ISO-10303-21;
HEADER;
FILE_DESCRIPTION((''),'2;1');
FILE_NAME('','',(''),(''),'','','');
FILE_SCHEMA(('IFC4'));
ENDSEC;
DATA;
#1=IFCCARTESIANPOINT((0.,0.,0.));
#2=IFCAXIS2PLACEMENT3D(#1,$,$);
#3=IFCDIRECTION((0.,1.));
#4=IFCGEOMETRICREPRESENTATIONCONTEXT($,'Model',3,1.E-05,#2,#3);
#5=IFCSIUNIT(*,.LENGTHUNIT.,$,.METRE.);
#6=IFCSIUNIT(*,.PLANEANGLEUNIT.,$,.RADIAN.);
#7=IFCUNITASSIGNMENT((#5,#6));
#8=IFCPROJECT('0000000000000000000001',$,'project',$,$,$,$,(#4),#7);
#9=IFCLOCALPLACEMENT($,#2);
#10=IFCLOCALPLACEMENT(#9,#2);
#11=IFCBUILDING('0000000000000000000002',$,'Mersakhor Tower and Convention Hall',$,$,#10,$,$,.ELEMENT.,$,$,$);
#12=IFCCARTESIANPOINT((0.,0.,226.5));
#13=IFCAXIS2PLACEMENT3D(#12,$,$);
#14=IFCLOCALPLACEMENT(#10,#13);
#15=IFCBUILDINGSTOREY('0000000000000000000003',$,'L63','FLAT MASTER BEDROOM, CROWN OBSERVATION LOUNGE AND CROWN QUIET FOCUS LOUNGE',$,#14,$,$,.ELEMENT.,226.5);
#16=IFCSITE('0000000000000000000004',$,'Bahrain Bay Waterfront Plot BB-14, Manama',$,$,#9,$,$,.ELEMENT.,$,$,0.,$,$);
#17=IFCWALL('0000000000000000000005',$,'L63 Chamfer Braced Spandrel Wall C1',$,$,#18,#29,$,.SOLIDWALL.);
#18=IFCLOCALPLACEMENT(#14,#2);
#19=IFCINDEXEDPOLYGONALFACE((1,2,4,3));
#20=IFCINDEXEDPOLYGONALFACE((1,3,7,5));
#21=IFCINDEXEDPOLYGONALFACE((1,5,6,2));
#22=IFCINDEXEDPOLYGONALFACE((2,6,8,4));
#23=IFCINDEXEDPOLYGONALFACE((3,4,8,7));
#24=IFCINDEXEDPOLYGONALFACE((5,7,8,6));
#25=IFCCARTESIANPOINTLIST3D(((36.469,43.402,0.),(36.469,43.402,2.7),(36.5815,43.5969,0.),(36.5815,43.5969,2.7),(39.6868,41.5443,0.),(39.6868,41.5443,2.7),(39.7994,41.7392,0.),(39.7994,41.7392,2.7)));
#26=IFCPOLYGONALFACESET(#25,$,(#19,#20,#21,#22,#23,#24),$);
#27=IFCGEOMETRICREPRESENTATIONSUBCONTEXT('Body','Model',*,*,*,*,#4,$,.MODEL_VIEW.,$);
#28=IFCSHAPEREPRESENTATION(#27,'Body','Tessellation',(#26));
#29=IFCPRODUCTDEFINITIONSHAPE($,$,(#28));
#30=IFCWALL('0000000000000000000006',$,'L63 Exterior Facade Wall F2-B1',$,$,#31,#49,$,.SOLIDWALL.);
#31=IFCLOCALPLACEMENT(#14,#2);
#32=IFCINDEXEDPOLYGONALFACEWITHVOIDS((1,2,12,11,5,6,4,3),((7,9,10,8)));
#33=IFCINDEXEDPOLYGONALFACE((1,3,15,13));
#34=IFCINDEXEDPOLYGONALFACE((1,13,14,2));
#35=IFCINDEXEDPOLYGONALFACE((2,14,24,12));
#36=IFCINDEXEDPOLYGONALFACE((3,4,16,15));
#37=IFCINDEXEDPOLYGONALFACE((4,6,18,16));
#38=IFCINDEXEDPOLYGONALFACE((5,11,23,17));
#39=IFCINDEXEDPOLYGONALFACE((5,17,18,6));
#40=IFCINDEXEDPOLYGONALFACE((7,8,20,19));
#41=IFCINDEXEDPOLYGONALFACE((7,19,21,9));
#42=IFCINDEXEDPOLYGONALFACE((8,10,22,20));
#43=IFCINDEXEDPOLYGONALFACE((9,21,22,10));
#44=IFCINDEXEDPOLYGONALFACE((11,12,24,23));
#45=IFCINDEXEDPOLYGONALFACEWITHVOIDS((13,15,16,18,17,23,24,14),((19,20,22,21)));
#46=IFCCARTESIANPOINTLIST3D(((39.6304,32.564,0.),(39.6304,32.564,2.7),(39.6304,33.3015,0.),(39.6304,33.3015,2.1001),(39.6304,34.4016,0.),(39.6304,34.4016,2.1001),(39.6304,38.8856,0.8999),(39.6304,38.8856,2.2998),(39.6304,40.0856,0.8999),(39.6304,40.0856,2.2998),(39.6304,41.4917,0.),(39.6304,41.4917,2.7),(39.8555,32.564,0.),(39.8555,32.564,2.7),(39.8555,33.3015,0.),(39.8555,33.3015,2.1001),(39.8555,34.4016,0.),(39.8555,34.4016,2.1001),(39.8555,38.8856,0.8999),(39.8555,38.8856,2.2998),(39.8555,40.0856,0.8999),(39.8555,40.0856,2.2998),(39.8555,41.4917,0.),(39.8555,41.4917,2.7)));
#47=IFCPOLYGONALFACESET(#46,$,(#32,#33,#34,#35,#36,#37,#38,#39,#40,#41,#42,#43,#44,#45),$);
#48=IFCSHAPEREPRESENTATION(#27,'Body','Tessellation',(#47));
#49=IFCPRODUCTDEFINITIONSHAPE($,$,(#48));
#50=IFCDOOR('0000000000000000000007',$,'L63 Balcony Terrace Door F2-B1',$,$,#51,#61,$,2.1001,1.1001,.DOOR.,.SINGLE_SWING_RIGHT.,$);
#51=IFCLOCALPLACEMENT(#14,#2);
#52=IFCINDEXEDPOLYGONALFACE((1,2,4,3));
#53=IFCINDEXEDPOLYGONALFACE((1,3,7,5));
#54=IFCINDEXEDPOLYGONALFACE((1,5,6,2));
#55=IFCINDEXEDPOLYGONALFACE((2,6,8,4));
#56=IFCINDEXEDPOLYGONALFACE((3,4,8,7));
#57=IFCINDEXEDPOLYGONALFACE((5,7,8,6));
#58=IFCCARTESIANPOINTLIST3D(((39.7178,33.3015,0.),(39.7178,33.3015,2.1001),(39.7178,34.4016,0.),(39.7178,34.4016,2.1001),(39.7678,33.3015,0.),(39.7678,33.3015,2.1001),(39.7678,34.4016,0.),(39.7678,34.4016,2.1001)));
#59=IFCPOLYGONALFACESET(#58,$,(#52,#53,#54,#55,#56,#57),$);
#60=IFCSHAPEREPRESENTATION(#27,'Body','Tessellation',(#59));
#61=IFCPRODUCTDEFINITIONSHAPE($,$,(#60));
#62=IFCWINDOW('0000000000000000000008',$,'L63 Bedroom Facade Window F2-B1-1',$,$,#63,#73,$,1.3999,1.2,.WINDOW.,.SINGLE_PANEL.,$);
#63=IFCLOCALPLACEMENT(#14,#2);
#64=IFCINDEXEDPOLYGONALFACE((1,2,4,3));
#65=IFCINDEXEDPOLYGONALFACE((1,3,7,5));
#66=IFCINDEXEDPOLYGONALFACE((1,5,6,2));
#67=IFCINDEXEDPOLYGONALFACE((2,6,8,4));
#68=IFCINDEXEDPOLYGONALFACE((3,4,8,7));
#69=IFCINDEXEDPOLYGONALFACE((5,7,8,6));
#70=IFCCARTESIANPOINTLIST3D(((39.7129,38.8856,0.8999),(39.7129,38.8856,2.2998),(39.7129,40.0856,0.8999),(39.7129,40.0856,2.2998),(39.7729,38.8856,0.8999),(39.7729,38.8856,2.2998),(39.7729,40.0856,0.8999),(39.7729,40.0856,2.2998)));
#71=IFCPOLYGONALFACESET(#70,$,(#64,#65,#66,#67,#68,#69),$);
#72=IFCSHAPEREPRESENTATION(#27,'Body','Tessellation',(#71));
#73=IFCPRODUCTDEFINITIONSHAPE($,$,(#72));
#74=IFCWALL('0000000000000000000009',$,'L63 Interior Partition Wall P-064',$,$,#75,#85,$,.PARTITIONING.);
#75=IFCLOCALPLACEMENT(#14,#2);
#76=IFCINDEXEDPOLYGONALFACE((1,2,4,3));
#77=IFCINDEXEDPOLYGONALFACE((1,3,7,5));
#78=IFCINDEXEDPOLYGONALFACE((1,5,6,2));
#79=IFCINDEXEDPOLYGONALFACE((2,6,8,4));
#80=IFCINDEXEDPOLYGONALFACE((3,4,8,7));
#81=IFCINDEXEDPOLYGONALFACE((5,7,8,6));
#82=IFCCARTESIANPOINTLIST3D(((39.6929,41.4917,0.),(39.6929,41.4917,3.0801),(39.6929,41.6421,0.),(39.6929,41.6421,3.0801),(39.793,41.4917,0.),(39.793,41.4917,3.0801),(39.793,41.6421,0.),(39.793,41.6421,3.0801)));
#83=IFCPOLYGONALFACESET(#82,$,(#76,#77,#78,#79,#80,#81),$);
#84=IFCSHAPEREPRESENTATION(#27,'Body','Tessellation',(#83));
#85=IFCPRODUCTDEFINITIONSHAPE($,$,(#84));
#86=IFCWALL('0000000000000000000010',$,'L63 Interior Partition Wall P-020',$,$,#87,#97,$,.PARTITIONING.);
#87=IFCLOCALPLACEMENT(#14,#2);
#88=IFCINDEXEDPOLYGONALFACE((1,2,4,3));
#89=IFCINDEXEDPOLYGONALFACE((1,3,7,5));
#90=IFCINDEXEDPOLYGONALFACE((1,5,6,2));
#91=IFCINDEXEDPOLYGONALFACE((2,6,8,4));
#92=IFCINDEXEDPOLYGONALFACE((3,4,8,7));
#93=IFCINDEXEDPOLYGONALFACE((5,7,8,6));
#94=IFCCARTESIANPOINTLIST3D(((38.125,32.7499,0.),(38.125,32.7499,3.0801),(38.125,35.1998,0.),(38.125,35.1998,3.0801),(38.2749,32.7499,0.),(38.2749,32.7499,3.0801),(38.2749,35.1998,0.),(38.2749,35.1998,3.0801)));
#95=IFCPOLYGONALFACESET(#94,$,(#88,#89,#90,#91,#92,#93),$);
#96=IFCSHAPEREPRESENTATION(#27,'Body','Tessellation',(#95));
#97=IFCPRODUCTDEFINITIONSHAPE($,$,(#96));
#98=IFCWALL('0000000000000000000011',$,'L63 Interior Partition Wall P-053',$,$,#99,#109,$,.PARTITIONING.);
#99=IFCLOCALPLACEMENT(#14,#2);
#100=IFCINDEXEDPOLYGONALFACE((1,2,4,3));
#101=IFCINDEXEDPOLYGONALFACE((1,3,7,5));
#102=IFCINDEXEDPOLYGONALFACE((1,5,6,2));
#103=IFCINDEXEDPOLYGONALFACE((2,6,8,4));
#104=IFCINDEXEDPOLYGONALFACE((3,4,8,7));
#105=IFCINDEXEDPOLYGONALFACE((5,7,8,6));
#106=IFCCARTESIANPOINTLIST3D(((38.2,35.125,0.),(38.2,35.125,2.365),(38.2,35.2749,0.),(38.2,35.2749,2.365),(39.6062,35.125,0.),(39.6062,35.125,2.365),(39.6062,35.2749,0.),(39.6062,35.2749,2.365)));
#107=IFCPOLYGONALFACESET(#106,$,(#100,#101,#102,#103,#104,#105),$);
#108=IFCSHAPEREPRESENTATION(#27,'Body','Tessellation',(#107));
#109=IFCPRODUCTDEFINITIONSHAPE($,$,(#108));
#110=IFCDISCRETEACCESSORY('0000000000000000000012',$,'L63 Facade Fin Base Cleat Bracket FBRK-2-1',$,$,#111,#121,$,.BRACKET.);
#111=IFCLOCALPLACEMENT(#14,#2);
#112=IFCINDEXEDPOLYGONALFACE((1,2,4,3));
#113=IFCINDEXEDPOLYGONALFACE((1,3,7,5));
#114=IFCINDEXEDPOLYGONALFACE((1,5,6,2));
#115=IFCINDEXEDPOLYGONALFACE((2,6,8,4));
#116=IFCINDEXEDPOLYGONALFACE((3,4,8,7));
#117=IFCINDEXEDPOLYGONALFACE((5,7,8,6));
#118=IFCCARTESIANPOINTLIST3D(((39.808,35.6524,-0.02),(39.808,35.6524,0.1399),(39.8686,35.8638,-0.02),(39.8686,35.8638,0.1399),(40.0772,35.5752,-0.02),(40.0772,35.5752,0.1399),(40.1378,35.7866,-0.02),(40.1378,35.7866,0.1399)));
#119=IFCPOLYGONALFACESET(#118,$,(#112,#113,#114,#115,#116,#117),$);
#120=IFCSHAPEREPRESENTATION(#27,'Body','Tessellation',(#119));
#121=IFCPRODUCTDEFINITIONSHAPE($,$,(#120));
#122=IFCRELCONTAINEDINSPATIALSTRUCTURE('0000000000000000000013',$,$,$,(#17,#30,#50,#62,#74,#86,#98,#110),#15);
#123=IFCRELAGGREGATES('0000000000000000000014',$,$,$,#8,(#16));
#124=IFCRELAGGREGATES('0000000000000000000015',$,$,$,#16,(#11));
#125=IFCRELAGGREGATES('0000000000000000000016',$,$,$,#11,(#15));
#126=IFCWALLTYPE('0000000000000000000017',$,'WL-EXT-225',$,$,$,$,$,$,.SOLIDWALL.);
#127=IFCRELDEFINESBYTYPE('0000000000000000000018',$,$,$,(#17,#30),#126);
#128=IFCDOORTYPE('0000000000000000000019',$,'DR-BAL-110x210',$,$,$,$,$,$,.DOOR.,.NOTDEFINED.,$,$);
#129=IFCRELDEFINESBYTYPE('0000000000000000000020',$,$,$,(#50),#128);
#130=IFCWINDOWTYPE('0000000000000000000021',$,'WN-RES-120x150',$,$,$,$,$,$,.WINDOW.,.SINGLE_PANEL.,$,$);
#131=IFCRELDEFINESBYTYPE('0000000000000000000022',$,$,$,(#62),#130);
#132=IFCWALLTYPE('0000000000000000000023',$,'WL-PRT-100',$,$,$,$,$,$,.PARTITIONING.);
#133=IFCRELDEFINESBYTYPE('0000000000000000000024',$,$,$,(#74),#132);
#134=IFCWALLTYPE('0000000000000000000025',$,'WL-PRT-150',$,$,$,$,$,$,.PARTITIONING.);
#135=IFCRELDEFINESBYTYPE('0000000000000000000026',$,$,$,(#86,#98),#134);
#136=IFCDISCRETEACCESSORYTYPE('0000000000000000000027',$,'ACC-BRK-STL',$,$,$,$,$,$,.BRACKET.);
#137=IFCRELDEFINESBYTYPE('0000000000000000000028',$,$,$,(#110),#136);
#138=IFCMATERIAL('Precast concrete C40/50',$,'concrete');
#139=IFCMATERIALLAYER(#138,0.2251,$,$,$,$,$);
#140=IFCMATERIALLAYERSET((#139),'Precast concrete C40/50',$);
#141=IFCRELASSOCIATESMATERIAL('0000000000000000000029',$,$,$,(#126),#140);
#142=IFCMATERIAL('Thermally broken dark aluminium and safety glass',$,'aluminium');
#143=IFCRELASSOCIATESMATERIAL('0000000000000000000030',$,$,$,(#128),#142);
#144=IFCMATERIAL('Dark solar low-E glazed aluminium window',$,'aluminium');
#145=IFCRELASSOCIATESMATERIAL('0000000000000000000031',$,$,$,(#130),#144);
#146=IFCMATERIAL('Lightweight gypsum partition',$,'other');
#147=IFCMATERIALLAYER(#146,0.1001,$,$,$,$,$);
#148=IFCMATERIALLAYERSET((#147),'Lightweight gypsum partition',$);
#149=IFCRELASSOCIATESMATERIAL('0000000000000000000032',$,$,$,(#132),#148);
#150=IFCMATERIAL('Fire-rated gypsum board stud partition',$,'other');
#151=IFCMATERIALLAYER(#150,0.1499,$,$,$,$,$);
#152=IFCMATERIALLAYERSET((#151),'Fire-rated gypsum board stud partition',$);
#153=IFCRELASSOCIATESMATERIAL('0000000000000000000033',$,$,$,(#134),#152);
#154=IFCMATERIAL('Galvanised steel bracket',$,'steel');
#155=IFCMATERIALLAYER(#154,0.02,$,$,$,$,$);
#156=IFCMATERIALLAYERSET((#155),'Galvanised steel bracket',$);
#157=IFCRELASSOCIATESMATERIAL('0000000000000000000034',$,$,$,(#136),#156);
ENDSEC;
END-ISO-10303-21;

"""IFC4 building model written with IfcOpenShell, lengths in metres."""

from ifc_helpers import new_model, si_unit, direction, frame, frame_2d, origin, origin_2d, place, context, subcontext, project, spatial, rectangle, extrude, material, layer, layer_set, type_object, element, fill, save


model = new_model("IFC4")

# Units and contexts
model_context = context("Model", 3, precision=1e-05, world=origin(), true_north=direction((0.0, 1.0)))
body_context = subcontext(model_context, "Body", "Model", "MODEL_VIEW")
ifc_project = project(units=[si_unit("LENGTHUNIT", "METRE"), si_unit("PLANEANGLEUNIT", "RADIAN")], contexts=[model_context])

# Site, building, storey
site_placement = place(None, origin())
site = spatial("IfcSite", under=ifc_project, at=site_placement, Name="Bahrain Bay Waterfront Plot BB-14, Manama", CompositionType="ELEMENT", RefElevation=0.0)
building_placement = place(site_placement, origin())
building = spatial("IfcBuilding", under=site, at=building_placement, Name="Mersakhor Tower and Convention Hall", CompositionType="ELEMENT")
storey_placement = place(building_placement, frame((0.0, 0.0, 226.5)))
storey = spatial("IfcBuildingStorey", under=building, at=storey_placement, Name="L63", Description="FLAT MASTER BEDROOM, CROWN OBSERVATION LOUNGE AND CROWN QUIET FOCUS LOUNGE", CompositionType="ELEMENT", Elevation=226.5)

# Wall
ifc_material_1 = material(Name="Precast concrete C40/50", Category="concrete")
ifc_layer_1 = layer(ifc_material_1, 0.2251)
ifc_layer_set_1 = layer_set([ifc_layer_1], Name="Precast concrete C40/50")
wall_type_1 = type_object("IfcWallType", Name="WL-EXT-225", PredefinedType="SOLIDWALL", material=ifc_layer_set_1)
wall_1_placement = place(storey_placement, frame((36.5251, 43.4995, 0.0), z_axis=(0.0, 0.0, 1.0), x_axis=(0.866039, -0.499977, 0.0)))
element("IfcWall", 1, at=wall_1_placement, inside=storey, type_object=wall_type_1, Name="L63 Chamfer Braced Spandrel Wall C1", PredefinedType="SOLIDWALL", context=body_context, shape_type="SweptSolid", body=[
    extrude(rectangle(XDim=3.7156, YDim=0.2251, at=frame_2d((1.8579, 0.0))), origin(), (0.0, 0.0, 1.0), 2.7),
])

# Wall, openings, door, window
wall_2_placement = place(storey_placement, frame((39.7429, 41.4917, 0.0), z_axis=(0.0, 0.0, 1.0), x_axis=(0.0, -1.0, 0.0)))
wall_2 = element("IfcWall", 2, at=wall_2_placement, inside=storey, type_object=wall_type_1, Name="L63 Exterior Facade Wall F2-B1", PredefinedType="SOLIDWALL", context=body_context, shape_type="SweptSolid", body=[
    extrude(rectangle(XDim=8.9277, YDim=0.2251, at=frame_2d((4.4639, 0.0))), origin(), (0.0, 0.0, 1.0), 2.7),
])
opening_1_placement = place(wall_2_placement, frame((7.0901, 0.0, 0.0)))
opening_1 = element("IfcOpeningElement", 3, at=opening_1_placement, cuts=wall_2, PredefinedType="OPENING", context=body_context, shape_type="SweptSolid", body=[
    extrude(rectangle(XDim=1.1001, YDim=2.1001, at=frame_2d((0.55, 1.05))), frame((0.0, 0.1226, 0.0), z_axis=(0.0, -1.0, 0.0), x_axis=(1.0, 0.0, 0.0)), (0.0, 0.0, 1.0), 0.2451),
])
opening_2_placement = place(wall_2_placement, frame((1.406, 0.0, 0.8999)))
opening_2 = element("IfcOpeningElement", 4, at=opening_2_placement, cuts=wall_2, PredefinedType="OPENING", context=body_context, shape_type="SweptSolid", body=[
    extrude(rectangle(XDim=1.2, YDim=1.3999, at=frame_2d((0.6001, 0.7))), frame((0.0, 0.1226, 0.0), z_axis=(0.0, -1.0, 0.0), x_axis=(1.0, 0.0, 0.0)), (0.0, 0.0, 1.0), 0.2451),
])
ifc_material_2 = material(Name="Thermally broken dark aluminium and safety glass", Category="aluminium")
door_type = type_object("IfcDoorType", Name="DR-BAL-110x210", OperationType="NOTDEFINED", PredefinedType="DOOR", material=ifc_material_2)
door_placement = place(opening_1_placement, origin())
door = element("IfcDoor", 5, at=door_placement, inside=storey, type_object=door_type, Name="L63 Balcony Terrace Door F2-B1", OperationType="SINGLE_SWING_RIGHT", OverallHeight=2.1001, OverallWidth=1.1001, PredefinedType="DOOR", context=body_context, shape_type="SweptSolid", body=[
    extrude(rectangle(XDim=1.1001, YDim=2.1001, at=frame_2d((0.55, 1.05))), frame((0.0, 0.0249, 0.0), z_axis=(0.0, -1.0, 0.0), x_axis=(1.0, 0.0, 0.0)), (0.0, 0.0, 1.0), 0.05),
])
fill(opening_1, door)
ifc_material_3 = material(Name="Dark solar low-E glazed aluminium window", Category="aluminium")
window_type = type_object("IfcWindowType", Name="WN-RES-120x150", PartitioningType="SINGLE_PANEL", PredefinedType="WINDOW", material=ifc_material_3)
window_placement = place(opening_2_placement, origin())
window = element("IfcWindow", 6, at=window_placement, inside=storey, type_object=window_type, Name="L63 Bedroom Facade Window F2-B1-1", OverallHeight=1.3999, OverallWidth=1.2, PartitioningType="SINGLE_PANEL", PredefinedType="WINDOW", context=body_context, shape_type="SweptSolid", body=[
    extrude(rectangle(XDim=1.2, YDim=1.3999, at=frame_2d((0.6001, 0.7))), frame((0.0, 0.03, 0.0), z_axis=(0.0, -1.0, 0.0), x_axis=(1.0, 0.0, 0.0)), (0.0, 0.0, 1.0), 0.0601),
])
fill(opening_2, window)

# Walls
ifc_material_4 = material(Name="Lightweight gypsum partition", Category="other")
ifc_layer_2 = layer(ifc_material_4, 0.1001)
ifc_layer_set_2 = layer_set([ifc_layer_2], Name="Lightweight gypsum partition")
wall_type_2 = type_object("IfcWallType", Name="WL-PRT-100", PredefinedType="PARTITIONING", material=ifc_layer_set_2)
wall_3_placement = place(storey_placement, frame((39.7429, 41.6421, 0.0), z_axis=(0.0, 0.0, 1.0), x_axis=(0.0, -1.0, 0.0)))
element("IfcWall", 7, at=wall_3_placement, inside=storey, type_object=wall_type_2, Name="L63 Interior Partition Wall P-064", PredefinedType="PARTITIONING", context=body_context, shape_type="SweptSolid", body=[
    extrude(rectangle(XDim=0.1504, YDim=0.1001, at=frame_2d((0.0752, 0.0))), origin(), (0.0, 0.0, 1.0), 3.0801),
])
ifc_material_5 = material(Name="Fire-rated gypsum board stud partition", Category="other")
ifc_layer_3 = layer(ifc_material_5, 0.1499)
ifc_layer_set_3 = layer_set([ifc_layer_3], Name="Fire-rated gypsum board stud partition")
wall_type_3 = type_object("IfcWallType", Name="WL-PRT-150", PredefinedType="PARTITIONING", material=ifc_layer_set_3)
wall_4_placement = place(storey_placement, frame((38.2, 35.2, 0.0), z_axis=(0.0, 0.0, 1.0), x_axis=(0.0, -1.0, 0.0)))
element("IfcWall", 8, at=wall_4_placement, inside=storey, type_object=wall_type_3, Name="L63 Interior Partition Wall P-020", PredefinedType="PARTITIONING", context=body_context, shape_type="SweptSolid", body=[
    extrude(rectangle(XDim=2.45, YDim=0.1499, at=frame_2d((1.2251, 0.0))), origin(), (0.0, 0.0, 1.0), 3.0801),
])
wall_5_placement = place(storey_placement, frame((39.6062, 35.2, 0.0), z_axis=(0.0, 0.0, 1.0), x_axis=(-1.0, 0.0, 0.0)))
element("IfcWall", 9, at=wall_5_placement, inside=storey, type_object=wall_type_3, Name="L63 Interior Partition Wall P-053", PredefinedType="PARTITIONING", context=body_context, shape_type="SweptSolid", body=[
    extrude(rectangle(XDim=1.4062, YDim=0.1499, at=frame_2d((0.7031, 0.0))), origin(), (0.0, 0.0, 1.0), 2.365),
])

# Discrete accessory
ifc_material_6 = material(Name="Galvanised steel bracket", Category="steel")
ifc_layer_4 = layer(ifc_material_6, 0.02)
ifc_layer_set_4 = layer_set([ifc_layer_4], Name="Galvanised steel bracket")
discrete_accessory_type = type_object("IfcDiscreteAccessoryType", Name="ACC-BRK-STL", PredefinedType="BRACKET", material=ifc_layer_set_4)
discrete_accessory_placement = place(storey_placement, frame((39.9729, 35.7195, -0.02), z_axis=(0.0, 0.0, 1.0), x_axis=(0.961262, -0.275637, 0.0)))
element("IfcDiscreteAccessory", 10, at=discrete_accessory_placement, inside=storey, type_object=discrete_accessory_type, Name="L63 Facade Fin Base Cleat Bracket FBRK-2-1", PredefinedType="BRACKET", context=body_context, shape_type="SweptSolid", body=[
    extrude(rectangle(XDim=0.28, YDim=0.22, at=origin_2d()), origin(), (0.0, 0.0, 1.0), 0.1599),
])

save(model, "model.ifc")
